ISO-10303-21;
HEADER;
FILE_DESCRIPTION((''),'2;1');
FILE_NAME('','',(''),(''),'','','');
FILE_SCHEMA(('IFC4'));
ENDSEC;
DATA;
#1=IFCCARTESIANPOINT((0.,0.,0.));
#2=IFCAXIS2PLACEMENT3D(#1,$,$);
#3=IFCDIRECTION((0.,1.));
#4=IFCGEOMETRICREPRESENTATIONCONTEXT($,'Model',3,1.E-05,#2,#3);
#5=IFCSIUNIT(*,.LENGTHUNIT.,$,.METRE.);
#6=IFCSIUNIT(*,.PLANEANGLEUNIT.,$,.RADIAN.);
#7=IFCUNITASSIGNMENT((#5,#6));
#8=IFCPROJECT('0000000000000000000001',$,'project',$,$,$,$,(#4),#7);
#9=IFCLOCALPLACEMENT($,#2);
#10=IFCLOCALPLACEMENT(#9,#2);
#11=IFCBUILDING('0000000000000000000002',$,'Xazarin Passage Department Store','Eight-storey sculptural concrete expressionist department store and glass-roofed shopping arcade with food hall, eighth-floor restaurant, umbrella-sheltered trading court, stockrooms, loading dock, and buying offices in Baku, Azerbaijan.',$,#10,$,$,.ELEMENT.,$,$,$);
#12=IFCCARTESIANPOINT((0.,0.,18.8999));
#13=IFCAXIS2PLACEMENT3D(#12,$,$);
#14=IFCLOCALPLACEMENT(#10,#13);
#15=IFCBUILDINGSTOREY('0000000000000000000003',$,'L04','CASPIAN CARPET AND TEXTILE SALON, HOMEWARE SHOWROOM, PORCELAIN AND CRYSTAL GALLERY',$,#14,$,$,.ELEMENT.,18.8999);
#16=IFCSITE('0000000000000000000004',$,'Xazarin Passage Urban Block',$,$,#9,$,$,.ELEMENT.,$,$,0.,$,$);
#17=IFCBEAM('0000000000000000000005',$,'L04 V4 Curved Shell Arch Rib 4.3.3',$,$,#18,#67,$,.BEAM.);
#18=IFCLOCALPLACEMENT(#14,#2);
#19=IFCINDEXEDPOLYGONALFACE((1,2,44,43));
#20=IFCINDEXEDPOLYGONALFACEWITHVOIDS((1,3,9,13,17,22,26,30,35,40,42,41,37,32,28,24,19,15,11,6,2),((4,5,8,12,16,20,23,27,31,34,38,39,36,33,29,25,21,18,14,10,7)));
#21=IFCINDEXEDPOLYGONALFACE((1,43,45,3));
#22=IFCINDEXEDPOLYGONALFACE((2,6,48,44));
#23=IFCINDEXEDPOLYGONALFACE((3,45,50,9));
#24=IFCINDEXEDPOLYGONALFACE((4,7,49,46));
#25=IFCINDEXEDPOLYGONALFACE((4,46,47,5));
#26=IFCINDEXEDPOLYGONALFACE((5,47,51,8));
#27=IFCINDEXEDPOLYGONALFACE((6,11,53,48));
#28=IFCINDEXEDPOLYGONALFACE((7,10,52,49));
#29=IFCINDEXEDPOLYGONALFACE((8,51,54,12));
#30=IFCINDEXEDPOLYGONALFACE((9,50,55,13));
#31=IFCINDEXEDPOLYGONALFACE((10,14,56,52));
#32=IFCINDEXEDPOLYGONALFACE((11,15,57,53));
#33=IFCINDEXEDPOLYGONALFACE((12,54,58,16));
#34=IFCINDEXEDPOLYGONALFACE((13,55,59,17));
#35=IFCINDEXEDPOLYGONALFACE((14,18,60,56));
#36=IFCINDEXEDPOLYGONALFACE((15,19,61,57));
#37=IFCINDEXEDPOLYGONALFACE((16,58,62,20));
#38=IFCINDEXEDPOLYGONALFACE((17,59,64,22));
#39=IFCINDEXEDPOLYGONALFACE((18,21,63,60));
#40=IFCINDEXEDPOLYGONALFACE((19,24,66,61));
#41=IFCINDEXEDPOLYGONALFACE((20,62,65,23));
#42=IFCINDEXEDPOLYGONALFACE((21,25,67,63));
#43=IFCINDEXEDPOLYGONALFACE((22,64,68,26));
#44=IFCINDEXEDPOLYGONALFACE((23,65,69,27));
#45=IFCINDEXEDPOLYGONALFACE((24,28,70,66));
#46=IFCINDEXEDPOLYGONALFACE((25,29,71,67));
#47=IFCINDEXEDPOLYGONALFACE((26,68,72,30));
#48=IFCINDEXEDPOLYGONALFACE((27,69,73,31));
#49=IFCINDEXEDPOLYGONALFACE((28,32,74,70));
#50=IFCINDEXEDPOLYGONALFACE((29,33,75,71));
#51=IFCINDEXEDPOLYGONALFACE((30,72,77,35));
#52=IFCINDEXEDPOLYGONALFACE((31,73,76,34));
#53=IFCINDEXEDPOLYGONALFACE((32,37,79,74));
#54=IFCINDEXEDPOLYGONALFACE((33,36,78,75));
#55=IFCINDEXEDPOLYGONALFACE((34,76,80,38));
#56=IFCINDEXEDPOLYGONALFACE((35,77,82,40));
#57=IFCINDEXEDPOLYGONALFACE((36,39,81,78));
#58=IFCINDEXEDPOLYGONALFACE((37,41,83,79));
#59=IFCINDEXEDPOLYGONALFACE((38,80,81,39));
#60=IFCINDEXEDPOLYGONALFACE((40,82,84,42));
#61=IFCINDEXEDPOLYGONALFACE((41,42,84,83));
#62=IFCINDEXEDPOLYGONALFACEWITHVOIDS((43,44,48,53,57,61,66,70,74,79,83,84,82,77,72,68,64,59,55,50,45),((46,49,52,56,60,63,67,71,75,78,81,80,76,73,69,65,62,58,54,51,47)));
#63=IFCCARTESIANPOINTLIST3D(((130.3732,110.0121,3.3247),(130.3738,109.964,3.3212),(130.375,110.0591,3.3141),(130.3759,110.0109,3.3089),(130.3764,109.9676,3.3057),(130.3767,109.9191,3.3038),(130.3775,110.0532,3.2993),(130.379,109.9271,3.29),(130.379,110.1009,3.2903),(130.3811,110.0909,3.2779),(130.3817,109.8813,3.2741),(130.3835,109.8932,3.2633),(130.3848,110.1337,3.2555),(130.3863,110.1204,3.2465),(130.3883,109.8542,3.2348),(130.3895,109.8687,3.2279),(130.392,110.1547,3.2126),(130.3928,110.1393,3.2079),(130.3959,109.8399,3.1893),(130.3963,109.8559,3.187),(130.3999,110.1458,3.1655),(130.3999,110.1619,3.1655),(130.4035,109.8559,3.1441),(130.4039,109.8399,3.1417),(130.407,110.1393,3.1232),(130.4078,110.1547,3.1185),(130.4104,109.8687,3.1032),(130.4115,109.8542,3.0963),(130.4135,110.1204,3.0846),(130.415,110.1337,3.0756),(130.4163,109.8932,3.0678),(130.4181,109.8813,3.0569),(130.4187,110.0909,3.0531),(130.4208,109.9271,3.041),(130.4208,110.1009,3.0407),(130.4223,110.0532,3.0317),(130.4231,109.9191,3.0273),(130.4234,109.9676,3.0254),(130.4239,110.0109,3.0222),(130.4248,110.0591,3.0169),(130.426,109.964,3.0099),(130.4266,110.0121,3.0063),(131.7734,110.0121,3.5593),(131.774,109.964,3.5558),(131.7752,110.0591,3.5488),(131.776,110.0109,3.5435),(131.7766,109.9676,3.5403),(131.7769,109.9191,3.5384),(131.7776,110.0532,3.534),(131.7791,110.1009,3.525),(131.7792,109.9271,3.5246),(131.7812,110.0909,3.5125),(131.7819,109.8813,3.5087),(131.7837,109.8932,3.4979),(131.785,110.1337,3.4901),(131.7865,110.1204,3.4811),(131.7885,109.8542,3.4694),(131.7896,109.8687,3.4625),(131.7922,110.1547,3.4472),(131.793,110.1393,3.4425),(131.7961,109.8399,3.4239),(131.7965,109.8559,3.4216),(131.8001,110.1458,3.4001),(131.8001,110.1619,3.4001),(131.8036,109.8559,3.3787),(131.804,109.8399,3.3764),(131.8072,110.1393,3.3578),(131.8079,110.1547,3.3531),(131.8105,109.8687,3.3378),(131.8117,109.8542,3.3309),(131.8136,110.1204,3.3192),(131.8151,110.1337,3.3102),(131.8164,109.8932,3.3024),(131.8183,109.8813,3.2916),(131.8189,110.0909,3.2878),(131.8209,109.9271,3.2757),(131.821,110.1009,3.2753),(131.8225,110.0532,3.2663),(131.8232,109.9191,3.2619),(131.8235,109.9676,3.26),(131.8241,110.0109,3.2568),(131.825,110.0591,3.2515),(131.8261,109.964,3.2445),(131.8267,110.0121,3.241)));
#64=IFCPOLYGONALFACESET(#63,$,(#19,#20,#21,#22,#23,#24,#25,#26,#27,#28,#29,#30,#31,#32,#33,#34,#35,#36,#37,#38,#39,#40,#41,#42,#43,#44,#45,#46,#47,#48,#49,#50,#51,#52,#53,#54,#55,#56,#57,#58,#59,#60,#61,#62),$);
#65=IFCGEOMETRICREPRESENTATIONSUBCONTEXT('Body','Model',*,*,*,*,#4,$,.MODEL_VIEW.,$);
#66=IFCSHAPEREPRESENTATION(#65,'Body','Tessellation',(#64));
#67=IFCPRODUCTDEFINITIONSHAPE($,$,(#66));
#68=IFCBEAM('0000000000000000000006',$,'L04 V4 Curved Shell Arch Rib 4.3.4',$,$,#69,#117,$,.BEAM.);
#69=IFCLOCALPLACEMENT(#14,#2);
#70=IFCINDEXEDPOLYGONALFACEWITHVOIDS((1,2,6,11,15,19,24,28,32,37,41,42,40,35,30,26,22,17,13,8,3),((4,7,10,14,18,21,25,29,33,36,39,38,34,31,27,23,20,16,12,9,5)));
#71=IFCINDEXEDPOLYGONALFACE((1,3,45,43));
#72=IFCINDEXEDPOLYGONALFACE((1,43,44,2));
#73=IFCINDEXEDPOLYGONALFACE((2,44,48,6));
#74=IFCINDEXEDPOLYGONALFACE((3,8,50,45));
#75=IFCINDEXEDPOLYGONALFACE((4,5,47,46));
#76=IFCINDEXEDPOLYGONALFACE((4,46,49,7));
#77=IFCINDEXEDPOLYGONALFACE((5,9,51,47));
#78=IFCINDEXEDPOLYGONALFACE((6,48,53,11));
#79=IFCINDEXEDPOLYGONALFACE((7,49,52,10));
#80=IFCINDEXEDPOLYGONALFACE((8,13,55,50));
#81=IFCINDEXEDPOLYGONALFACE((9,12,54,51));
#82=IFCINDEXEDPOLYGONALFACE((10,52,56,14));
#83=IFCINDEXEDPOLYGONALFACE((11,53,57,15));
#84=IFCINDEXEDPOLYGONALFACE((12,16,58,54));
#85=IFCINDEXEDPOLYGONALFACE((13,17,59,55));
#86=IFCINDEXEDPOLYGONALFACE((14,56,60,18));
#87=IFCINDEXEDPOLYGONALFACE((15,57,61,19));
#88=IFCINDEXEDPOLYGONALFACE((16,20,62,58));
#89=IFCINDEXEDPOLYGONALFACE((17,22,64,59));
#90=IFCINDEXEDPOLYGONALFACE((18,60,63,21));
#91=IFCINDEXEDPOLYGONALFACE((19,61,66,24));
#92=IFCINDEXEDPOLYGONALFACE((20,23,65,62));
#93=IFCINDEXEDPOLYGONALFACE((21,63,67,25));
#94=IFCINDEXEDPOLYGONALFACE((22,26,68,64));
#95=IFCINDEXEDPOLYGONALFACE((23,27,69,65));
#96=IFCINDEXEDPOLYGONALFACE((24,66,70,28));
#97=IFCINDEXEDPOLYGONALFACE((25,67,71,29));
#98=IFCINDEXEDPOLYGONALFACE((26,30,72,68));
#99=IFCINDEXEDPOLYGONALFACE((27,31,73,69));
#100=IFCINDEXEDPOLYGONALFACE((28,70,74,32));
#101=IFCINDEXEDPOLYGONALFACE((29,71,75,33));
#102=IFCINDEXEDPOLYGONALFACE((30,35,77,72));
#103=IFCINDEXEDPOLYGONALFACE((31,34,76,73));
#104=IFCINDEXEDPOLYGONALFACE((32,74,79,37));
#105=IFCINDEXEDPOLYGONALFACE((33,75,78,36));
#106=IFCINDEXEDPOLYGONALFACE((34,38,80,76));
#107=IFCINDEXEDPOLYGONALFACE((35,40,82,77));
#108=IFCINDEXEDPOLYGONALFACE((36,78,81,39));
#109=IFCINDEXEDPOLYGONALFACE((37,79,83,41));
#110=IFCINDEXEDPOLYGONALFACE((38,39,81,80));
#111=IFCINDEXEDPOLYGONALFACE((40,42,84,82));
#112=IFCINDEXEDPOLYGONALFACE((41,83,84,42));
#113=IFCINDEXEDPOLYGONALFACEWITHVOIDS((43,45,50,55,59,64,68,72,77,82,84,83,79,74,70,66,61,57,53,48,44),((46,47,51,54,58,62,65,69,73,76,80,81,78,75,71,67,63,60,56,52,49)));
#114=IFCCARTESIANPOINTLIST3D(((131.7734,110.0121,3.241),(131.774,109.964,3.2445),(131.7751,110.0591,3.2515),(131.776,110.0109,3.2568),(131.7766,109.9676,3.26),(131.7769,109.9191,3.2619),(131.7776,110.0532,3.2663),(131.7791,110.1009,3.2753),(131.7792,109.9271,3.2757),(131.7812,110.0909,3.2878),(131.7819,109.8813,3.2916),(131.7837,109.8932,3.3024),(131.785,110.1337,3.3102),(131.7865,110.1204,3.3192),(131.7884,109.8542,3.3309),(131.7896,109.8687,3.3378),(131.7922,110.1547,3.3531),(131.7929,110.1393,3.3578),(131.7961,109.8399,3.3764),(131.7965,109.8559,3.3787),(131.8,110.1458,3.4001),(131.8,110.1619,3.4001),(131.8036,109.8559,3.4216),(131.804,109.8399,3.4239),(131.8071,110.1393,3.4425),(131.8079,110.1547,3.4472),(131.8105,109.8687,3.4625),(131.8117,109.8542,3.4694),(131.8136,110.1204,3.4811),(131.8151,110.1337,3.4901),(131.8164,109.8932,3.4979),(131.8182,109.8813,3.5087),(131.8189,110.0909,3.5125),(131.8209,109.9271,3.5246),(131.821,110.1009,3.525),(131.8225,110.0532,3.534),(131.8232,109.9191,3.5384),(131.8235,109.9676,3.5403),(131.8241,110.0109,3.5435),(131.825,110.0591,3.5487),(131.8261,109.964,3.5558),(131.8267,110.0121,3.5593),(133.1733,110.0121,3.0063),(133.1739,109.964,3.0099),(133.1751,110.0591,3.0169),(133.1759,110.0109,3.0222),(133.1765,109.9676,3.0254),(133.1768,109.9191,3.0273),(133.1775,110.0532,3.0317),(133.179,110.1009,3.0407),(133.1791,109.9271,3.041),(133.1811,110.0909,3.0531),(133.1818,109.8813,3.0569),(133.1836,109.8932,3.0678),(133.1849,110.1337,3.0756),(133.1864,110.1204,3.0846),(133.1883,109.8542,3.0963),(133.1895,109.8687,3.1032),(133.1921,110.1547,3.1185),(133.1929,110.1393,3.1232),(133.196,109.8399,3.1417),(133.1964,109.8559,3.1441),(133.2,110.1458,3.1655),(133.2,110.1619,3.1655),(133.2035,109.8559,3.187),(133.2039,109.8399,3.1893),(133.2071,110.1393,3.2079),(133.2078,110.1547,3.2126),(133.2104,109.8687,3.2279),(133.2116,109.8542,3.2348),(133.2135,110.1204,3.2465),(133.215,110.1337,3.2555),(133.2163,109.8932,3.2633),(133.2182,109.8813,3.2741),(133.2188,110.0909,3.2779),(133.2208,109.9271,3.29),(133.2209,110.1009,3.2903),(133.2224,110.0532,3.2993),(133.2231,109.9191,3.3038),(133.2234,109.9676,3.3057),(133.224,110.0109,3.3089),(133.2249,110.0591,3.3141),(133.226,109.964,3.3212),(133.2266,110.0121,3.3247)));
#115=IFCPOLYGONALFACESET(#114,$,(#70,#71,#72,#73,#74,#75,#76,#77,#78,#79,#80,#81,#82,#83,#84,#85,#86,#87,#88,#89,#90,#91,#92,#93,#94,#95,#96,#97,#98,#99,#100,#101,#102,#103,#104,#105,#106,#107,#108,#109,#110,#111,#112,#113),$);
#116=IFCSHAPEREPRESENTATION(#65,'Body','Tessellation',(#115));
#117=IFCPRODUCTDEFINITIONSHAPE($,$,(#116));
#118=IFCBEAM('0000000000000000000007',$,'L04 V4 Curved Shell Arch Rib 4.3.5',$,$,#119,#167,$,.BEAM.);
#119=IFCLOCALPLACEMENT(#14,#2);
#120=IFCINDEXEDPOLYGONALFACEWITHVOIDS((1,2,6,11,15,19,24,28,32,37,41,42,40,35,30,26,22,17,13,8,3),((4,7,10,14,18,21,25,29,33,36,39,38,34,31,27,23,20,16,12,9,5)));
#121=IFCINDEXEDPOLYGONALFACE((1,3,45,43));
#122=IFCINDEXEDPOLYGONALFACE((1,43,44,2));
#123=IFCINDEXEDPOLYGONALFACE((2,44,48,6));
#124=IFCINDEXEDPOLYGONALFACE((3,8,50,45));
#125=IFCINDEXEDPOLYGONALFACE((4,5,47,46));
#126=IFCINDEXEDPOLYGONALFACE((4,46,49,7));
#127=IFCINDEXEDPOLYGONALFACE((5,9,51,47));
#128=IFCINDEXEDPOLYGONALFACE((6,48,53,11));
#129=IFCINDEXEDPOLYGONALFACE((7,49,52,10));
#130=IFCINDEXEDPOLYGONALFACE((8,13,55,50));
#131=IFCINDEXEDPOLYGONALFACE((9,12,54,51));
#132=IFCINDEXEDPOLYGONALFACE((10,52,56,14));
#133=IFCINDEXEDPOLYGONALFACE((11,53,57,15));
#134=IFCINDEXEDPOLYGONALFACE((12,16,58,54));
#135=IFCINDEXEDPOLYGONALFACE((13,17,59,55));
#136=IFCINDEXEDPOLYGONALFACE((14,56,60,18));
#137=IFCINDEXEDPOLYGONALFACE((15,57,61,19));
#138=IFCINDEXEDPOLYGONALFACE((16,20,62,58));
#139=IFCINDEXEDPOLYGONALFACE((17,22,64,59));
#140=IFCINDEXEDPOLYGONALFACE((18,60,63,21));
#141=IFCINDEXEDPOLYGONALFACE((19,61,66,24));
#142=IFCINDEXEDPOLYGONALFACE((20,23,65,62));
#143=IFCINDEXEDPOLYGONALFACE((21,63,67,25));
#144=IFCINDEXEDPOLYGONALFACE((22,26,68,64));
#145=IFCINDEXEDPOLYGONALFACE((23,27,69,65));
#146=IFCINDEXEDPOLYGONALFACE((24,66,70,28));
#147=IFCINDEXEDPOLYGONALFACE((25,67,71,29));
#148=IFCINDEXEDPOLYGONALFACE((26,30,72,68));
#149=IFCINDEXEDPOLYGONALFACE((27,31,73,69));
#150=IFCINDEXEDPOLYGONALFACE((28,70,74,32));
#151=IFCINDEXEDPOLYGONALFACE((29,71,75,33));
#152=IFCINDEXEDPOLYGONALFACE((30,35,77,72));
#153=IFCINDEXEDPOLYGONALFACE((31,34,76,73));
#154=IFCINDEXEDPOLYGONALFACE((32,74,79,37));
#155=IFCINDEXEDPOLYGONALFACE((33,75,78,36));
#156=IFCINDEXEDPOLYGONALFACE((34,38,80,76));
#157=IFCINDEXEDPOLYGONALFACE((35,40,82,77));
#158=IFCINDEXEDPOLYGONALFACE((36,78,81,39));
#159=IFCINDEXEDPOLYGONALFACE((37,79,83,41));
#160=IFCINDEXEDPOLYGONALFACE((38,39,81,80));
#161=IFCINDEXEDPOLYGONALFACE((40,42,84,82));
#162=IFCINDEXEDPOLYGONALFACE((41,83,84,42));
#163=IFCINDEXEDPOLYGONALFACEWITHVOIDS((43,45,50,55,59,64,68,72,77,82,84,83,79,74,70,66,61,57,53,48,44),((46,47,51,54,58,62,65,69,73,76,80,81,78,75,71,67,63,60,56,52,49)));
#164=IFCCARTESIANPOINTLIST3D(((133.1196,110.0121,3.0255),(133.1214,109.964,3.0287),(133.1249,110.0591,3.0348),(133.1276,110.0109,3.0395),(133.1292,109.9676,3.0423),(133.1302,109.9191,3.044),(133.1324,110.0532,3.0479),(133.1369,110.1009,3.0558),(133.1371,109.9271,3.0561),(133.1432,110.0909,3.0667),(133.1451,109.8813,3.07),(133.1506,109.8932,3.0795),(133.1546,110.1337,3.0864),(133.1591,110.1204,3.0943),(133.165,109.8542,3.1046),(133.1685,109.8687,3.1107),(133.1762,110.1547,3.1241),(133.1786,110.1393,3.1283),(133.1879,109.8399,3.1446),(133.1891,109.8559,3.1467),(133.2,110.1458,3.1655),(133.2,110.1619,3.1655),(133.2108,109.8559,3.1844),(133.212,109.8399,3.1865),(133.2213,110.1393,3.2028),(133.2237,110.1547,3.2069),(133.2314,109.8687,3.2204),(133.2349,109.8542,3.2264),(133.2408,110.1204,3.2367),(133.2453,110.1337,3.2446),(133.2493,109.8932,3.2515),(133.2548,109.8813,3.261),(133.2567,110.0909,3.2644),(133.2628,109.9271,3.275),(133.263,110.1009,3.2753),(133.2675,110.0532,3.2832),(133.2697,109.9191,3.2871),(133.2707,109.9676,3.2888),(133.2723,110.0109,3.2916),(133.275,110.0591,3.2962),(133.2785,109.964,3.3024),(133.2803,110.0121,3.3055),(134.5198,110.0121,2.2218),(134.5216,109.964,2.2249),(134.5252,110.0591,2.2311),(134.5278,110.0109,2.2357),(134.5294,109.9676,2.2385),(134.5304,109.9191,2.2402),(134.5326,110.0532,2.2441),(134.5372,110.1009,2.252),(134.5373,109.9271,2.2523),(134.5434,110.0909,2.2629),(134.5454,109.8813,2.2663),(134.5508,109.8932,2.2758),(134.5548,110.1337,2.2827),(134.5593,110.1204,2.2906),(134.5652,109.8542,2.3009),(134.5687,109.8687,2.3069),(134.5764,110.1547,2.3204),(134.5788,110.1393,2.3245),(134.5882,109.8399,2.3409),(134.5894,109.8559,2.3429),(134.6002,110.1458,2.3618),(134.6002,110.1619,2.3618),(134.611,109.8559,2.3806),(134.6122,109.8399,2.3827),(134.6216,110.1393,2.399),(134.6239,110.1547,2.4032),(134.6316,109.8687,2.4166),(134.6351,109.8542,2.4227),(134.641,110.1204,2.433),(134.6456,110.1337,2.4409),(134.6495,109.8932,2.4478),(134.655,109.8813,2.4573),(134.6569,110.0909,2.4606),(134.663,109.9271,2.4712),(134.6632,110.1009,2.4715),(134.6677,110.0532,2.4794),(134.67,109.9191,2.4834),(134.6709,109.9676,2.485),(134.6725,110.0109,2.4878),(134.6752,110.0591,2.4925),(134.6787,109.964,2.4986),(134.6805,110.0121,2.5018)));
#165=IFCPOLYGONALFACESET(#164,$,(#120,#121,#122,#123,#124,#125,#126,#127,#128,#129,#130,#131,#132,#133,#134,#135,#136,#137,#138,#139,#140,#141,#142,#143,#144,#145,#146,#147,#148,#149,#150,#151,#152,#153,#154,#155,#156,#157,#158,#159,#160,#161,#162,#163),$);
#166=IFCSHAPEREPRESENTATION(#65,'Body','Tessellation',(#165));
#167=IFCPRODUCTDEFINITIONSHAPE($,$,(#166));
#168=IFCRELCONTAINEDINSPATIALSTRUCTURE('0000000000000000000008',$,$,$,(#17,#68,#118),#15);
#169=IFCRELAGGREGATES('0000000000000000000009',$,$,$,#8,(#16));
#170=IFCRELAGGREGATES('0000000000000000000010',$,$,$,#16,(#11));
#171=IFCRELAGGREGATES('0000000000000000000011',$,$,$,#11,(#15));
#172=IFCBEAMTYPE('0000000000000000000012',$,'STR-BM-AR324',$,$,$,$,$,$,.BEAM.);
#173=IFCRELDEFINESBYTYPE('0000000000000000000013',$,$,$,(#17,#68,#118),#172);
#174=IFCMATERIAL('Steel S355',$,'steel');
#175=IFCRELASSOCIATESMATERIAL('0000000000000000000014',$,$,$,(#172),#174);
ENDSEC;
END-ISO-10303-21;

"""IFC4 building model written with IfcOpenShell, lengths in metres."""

from ifc_helpers import new_model, si_unit, direction, frame, origin, origin_2d, place, context, subcontext, project, spatial, hollow_circle, extrude, material, material_profile, profile_set, type_object, element, save


model = new_model("IFC4")

# Units and contexts
model_context = context("Model", 3, precision=1e-05, world=origin(), true_north=direction((0.0, 1.0)))
body_context = subcontext(model_context, "Body", "Model", "MODEL_VIEW")
ifc_project = project(units=[si_unit("LENGTHUNIT", "METRE"), si_unit("PLANEANGLEUNIT", "RADIAN")], contexts=[model_context])

# Site, building, storey
site_placement = place(None, origin())
site = spatial("IfcSite", under=ifc_project, at=site_placement, Name="Xazarin Passage Urban Block", CompositionType="ELEMENT", RefElevation=0.0)
building_placement = place(site_placement, origin())
building = spatial("IfcBuilding", under=site, at=building_placement, Name="Xazarin Passage Department Store", Description="Eight-storey sculptural concrete expressionist department store and glass-roofed shopping arcade with food hall, eighth-floor restaurant, umbrella-sheltered trading court, stockrooms, loading dock, and buying offices in Baku, Azerbaijan.", CompositionType="ELEMENT")
storey_placement = place(building_placement, frame((0.0, 0.0, 18.8999)))
storey = spatial("IfcBuildingStorey", under=building, at=storey_placement, Name="L04", Description="CASPIAN CARPET AND TEXTILE SALON, HOMEWARE SHOWROOM, PORCELAIN AND CRYSTAL GALLERY", CompositionType="ELEMENT", Elevation=18.8999)

# Beams
ifc_material_1 = material(Name="Steel S355", Category="steel")
ifc_material_profile_1 = material_profile(ifc_material_1, hollow_circle(Radius=0.1619, WallThickness=0.0161, at=origin_2d()), Name="CHS 323.9x16")
ifc_profile_set_1 = profile_set([ifc_material_profile_1], Name="Steel S355")
beam_type_1 = type_object("IfcBeamType", Name="STR-BM-AR324", PredefinedType="BEAM", material=ifc_profile_set_1)
beam_1_placement = place(storey_placement, frame((130.3999, 110.0, 3.1655), z_axis=(0.986249, 0.0, 0.165263), x_axis=(0.0, 1.0, 0.0)))
element("IfcBeam", 1, at=beam_1_placement, inside=storey, type_object=beam_type_1, Name="L04 V4 Curved Shell Arch Rib 4.3.3", PredefinedType="BEAM", context=body_context, shape_type="SweptSolid", body=[
    extrude(hollow_circle(Radius=0.1619, WallThickness=0.0161, at=origin_2d()), origin(), (0.0, 0.0, 1.0), 1.4197),
])
beam_2_placement = place(storey_placement, frame((131.8, 110.0, 3.4001), z_axis=(0.986245, 0.0, -0.165291), x_axis=(0.0, 1.0, 0.0)))
element("IfcBeam", 2, at=beam_2_placement, inside=storey, type_object=beam_type_1, Name="L04 V4 Curved Shell Arch Rib 4.3.4", PredefinedType="BEAM", context=body_context, shape_type="SweptSolid", body=[
    extrude(hollow_circle(Radius=0.1619, WallThickness=0.0161, at=origin_2d()), origin(), (0.0, 0.0, 1.0), 1.4194),
])
beam_3_placement = place(storey_placement, frame((133.2, 110.0, 3.1655), z_axis=(0.867274, 0.0, -0.497832), x_axis=(0.0, 1.0, 0.0)))
element("IfcBeam", 3, at=beam_3_placement, inside=storey, type_object=beam_type_1, Name="L04 V4 Curved Shell Arch Rib 4.3.5", PredefinedType="BEAM", context=body_context, shape_type="SweptSolid", body=[
    extrude(hollow_circle(Radius=0.1619, WallThickness=0.0161, at=origin_2d()), origin(), (0.0, 0.0, 1.0), 1.6145),
])

save(model, "model.ifc")
